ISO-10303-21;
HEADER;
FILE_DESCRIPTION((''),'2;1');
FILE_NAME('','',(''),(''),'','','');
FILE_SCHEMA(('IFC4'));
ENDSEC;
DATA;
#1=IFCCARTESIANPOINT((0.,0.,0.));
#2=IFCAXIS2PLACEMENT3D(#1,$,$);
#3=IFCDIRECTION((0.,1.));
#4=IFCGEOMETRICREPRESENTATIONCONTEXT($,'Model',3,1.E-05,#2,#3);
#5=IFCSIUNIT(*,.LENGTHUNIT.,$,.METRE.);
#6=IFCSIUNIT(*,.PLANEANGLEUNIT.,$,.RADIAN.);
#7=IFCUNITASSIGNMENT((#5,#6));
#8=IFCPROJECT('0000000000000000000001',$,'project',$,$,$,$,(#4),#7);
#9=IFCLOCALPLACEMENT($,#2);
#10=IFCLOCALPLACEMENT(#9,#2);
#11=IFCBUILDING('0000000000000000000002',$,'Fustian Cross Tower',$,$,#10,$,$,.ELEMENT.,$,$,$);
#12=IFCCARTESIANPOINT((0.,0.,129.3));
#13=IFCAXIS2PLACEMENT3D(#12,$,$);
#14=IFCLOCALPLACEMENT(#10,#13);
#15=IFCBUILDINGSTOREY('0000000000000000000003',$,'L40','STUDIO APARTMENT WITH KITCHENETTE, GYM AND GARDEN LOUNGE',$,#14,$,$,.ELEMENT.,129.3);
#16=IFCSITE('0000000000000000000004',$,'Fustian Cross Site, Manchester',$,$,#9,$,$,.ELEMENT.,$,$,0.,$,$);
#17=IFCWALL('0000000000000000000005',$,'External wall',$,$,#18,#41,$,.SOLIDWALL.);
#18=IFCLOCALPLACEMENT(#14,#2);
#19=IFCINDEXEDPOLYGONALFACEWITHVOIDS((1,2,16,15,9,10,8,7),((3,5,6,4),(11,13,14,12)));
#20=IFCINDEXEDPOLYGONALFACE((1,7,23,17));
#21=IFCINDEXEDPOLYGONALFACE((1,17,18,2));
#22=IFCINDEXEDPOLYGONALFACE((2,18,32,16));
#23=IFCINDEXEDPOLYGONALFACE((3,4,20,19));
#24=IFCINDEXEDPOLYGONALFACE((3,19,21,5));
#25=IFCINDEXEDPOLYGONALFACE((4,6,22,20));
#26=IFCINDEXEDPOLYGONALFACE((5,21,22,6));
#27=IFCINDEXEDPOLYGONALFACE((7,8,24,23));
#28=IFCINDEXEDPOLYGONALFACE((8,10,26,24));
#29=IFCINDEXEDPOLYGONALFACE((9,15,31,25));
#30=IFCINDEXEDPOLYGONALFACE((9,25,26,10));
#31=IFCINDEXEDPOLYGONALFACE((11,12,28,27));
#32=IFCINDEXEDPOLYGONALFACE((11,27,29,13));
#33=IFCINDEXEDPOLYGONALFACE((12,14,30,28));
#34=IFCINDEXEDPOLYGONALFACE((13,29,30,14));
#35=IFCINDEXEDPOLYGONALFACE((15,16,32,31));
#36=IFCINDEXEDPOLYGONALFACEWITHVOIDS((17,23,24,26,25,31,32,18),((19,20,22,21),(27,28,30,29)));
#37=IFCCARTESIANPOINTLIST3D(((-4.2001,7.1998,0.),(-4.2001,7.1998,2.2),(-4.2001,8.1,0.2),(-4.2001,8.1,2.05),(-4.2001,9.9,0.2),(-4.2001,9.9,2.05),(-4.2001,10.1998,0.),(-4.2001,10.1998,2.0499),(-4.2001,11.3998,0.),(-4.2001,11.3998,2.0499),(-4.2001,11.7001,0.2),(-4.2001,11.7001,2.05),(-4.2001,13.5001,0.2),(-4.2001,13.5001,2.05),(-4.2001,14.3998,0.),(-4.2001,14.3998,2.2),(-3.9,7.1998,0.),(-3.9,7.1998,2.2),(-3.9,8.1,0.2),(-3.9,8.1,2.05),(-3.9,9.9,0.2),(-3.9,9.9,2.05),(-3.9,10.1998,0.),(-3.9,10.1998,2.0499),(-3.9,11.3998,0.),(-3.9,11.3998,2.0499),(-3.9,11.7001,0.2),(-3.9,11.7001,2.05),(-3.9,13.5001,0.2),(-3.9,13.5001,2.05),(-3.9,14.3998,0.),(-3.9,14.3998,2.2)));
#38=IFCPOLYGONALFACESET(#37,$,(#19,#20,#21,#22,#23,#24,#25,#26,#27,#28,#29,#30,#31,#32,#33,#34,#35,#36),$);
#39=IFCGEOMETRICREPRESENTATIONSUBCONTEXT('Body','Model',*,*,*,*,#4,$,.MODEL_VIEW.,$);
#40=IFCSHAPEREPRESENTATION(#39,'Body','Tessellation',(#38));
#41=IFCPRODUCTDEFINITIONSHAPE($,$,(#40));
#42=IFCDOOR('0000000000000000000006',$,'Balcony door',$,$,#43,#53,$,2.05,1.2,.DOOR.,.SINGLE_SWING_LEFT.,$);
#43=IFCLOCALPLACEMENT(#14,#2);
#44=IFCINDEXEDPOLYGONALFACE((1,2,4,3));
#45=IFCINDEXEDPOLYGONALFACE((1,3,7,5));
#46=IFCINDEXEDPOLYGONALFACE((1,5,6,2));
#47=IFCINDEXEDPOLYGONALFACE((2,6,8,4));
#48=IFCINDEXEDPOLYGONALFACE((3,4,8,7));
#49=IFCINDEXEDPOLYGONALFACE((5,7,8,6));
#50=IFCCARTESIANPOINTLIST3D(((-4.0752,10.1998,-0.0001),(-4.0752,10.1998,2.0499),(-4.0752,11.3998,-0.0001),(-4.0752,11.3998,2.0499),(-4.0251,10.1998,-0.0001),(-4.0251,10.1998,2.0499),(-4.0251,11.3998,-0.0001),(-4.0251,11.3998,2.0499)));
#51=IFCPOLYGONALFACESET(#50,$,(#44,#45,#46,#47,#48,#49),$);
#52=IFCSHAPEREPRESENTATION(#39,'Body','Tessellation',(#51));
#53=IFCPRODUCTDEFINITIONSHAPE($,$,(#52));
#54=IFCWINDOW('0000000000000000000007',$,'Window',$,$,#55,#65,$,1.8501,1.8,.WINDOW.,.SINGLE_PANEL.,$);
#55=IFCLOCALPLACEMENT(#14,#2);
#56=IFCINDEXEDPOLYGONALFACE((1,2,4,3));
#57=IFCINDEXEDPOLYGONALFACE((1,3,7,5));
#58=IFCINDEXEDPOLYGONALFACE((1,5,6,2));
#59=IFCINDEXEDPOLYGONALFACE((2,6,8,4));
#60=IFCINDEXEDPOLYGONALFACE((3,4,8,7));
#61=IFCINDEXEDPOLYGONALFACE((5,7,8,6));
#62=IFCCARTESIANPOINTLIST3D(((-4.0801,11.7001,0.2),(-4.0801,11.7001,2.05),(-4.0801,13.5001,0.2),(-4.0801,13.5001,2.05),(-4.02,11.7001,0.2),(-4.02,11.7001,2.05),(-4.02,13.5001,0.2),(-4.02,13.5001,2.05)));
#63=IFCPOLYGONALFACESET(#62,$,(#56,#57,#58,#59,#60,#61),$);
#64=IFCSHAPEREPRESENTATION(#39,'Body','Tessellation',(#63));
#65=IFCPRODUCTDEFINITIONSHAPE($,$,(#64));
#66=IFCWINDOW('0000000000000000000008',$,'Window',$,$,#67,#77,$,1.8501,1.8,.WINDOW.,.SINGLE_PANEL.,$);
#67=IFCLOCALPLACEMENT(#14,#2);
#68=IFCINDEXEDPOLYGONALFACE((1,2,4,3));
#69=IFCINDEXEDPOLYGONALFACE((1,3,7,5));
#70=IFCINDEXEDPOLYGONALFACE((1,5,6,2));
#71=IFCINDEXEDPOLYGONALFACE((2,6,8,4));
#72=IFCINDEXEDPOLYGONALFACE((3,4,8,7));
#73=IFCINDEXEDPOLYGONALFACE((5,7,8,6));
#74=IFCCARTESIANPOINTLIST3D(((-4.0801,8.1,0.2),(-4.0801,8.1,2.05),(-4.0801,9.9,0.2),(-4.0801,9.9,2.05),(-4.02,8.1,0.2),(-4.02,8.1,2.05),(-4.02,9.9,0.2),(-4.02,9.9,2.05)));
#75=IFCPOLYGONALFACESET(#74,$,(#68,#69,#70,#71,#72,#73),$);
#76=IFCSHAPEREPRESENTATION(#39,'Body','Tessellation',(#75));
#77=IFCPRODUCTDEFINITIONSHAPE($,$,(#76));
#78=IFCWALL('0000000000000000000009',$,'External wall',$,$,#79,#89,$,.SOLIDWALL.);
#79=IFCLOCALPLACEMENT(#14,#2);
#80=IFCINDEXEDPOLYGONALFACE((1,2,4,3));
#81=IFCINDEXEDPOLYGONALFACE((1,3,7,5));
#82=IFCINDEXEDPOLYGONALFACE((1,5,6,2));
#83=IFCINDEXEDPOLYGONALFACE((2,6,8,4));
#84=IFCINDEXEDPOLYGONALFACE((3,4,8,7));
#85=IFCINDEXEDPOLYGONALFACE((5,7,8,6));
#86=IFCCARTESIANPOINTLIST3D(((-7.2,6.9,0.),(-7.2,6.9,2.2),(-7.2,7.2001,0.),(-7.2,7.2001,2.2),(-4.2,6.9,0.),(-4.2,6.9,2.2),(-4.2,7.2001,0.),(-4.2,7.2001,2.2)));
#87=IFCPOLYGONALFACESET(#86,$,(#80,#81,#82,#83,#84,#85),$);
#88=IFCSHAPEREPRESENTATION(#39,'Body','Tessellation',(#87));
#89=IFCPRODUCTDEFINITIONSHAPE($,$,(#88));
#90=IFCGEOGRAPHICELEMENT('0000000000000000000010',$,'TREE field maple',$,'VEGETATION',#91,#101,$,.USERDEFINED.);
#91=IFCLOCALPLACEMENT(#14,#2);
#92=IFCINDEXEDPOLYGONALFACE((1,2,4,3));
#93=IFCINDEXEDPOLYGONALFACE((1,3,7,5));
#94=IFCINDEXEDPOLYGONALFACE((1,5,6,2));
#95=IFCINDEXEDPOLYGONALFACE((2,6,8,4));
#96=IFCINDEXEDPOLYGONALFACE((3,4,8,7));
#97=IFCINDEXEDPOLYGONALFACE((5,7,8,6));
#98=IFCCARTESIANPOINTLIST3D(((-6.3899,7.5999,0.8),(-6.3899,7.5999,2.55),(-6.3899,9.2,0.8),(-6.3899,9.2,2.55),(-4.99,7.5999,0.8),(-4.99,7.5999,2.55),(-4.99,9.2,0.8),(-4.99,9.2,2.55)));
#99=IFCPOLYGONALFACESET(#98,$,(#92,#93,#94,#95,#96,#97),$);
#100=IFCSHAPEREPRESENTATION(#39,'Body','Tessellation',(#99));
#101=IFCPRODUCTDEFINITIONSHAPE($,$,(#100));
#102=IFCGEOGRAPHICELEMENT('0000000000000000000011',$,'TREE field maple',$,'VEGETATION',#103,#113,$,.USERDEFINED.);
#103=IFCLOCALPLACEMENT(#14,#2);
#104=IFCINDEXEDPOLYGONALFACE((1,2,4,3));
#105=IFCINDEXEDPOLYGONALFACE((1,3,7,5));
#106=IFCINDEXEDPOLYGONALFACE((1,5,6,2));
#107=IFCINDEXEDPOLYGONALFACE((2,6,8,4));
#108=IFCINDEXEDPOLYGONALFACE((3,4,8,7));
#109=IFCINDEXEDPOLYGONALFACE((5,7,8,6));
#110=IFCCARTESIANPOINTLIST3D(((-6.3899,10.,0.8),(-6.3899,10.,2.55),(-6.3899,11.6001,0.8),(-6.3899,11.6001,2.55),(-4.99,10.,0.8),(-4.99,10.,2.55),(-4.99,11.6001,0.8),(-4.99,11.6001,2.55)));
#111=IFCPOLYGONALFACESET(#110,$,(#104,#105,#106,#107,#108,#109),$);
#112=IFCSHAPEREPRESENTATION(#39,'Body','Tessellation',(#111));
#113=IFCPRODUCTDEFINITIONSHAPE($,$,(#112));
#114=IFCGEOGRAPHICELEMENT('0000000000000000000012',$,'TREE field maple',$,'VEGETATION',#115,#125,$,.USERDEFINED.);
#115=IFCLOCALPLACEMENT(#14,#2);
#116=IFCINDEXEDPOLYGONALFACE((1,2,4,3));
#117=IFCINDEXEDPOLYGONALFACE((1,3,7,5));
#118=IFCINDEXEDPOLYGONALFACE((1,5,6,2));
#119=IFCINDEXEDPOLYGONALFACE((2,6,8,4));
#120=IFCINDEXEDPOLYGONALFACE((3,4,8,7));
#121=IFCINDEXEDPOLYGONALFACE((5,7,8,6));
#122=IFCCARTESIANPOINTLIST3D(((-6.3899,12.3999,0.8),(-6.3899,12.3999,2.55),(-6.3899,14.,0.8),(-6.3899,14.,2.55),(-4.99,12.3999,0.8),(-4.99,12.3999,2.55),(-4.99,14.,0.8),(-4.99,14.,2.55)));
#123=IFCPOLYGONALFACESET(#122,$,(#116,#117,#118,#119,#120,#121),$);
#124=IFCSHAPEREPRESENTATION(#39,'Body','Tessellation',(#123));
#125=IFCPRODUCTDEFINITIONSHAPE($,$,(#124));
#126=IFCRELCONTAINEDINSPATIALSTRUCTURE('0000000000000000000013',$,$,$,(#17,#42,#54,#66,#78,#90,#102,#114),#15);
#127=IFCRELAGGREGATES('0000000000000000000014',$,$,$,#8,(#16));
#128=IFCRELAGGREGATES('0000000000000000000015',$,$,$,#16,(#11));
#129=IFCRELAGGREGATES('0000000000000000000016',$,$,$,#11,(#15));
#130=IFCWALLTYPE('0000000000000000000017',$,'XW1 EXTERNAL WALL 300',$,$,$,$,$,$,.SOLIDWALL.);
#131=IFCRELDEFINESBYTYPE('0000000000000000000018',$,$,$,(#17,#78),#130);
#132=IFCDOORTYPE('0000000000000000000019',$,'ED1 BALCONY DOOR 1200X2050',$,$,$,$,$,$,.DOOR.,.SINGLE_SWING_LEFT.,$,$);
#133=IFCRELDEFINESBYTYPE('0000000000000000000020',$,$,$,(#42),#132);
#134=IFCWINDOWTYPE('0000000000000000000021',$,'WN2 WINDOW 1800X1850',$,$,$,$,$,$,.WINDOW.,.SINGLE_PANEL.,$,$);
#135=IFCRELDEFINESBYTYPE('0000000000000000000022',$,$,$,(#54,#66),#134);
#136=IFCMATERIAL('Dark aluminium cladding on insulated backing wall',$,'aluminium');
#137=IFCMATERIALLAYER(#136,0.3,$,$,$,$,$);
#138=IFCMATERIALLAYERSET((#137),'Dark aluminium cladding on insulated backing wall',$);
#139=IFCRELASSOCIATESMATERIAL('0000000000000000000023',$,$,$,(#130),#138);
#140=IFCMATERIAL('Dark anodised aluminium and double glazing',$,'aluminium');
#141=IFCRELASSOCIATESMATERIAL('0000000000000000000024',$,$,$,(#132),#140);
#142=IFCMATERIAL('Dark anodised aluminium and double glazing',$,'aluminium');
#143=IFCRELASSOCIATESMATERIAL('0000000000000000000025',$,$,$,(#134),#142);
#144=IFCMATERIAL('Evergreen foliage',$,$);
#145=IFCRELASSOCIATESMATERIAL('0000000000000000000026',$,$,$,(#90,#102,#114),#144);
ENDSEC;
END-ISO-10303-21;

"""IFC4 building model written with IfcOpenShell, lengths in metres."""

from ifc_helpers import new_model, si_unit, direction, frame, frame_2d, origin, origin_2d, place, context, subcontext, project, spatial, rectangle, extrude, material, layer, layer_set, type_object, element, fill, save


model = new_model("IFC4")

# Units and contexts
model_context = context("Model", 3, precision=1e-05, world=origin(), true_north=direction((0.0, 1.0)))
body_context = subcontext(model_context, "Body", "Model", "MODEL_VIEW")
ifc_project = project(units=[si_unit("LENGTHUNIT", "METRE"), si_unit("PLANEANGLEUNIT", "RADIAN")], contexts=[model_context])

# Site, building, storey
site_placement = place(None, origin())
site = spatial("IfcSite", under=ifc_project, at=site_placement, Name="Fustian Cross Site, Manchester", CompositionType="ELEMENT", RefElevation=0.0)
building_placement = place(site_placement, origin())
building = spatial("IfcBuilding", under=site, at=building_placement, Name="Fustian Cross Tower", CompositionType="ELEMENT")
storey_placement = place(building_placement, frame((0.0, 0.0, 129.3)))
storey = spatial("IfcBuildingStorey", under=building, at=storey_placement, Name="L40", Description="STUDIO APARTMENT WITH KITCHENETTE, GYM AND GARDEN LOUNGE", CompositionType="ELEMENT", Elevation=129.3)

# Wall, openings, door, windows
ifc_material_1 = material(Name="Dark aluminium cladding on insulated backing wall", Category="aluminium")
ifc_layer_1 = layer(ifc_material_1, 0.3)
ifc_layer_set_1 = layer_set([ifc_layer_1], Name="Dark aluminium cladding on insulated backing wall")
wall_type_1 = type_object("IfcWallType", Name="XW1 EXTERNAL WALL 300", PredefinedType="SOLIDWALL", material=ifc_layer_set_1)
wall_1_placement = place(storey_placement, frame((-4.05, 14.3999, 0.0), z_axis=(0.0, 0.0, 1.0), x_axis=(0.0, -1.0, 0.0)))
wall_1 = element("IfcWall", 1, at=wall_1_placement, inside=storey, type_object=wall_type_1, Name="External wall", PredefinedType="SOLIDWALL", context=body_context, shape_type="SweptSolid", body=[
    extrude(rectangle(XDim=7.2, YDim=0.3, at=frame_2d((3.6001, 0.0))), origin(), (0.0, 0.0, 1.0), 2.2),
])
opening_1_placement = place(wall_1_placement, frame((3.0, 0.0, 0.0)))
opening_1 = element("IfcOpeningElement", 2, at=opening_1_placement, cuts=wall_1, PredefinedType="OPENING", context=body_context, shape_type="SweptSolid", body=[
    extrude(rectangle(XDim=1.2, YDim=2.05, at=frame_2d((0.6001, 1.0249))), frame((0.0, 0.1599, 0.0), z_axis=(0.0, -1.0, 0.0), x_axis=(1.0, 0.0, 0.0)), (0.0, 0.0, 1.0), 0.3201),
])
opening_2_placement = place(wall_1_placement, frame((0.8999, 0.0, 0.2)))
opening_2 = element("IfcOpeningElement", 3, at=opening_2_placement, cuts=wall_1, PredefinedType="OPENING", context=body_context, shape_type="SweptSolid", body=[
    extrude(rectangle(XDim=1.8, YDim=1.8501, at=frame_2d((0.8999, 0.925))), frame((0.0, 0.1599, 0.0), z_axis=(0.0, -1.0, 0.0), x_axis=(1.0, 0.0, 0.0)), (0.0, 0.0, 1.0), 0.3201),
])
opening_3_placement = place(wall_1_placement, frame((4.5, 0.0, 0.2)))
opening_3 = element("IfcOpeningElement", 4, at=opening_3_placement, cuts=wall_1, PredefinedType="OPENING", context=body_context, shape_type="SweptSolid", body=[
    extrude(rectangle(XDim=1.8, YDim=1.8501, at=frame_2d((0.8999, 0.925))), frame((0.0, 0.1599, 0.0), z_axis=(0.0, -1.0, 0.0), x_axis=(1.0, 0.0, 0.0)), (0.0, 0.0, 1.0), 0.3201),
])
ifc_material_2 = material(Name="Dark anodised aluminium and double glazing", Category="aluminium")
door_type_1 = type_object("IfcDoorType", Name="ED1 BALCONY DOOR 1200X2050", OperationType="SINGLE_SWING_LEFT", PredefinedType="DOOR", material=ifc_material_2)
door_1_placement = place(opening_1_placement, origin())
door_1 = element("IfcDoor", 5, at=door_1_placement, inside=storey, type_object=door_type_1, Name="Balcony door", OperationType="SINGLE_SWING_LEFT", OverallHeight=2.05, OverallWidth=1.2, PredefinedType="DOOR", context=body_context, shape_type="SweptSolid", body=[
    extrude(rectangle(XDim=1.2, YDim=2.05, at=frame_2d((0.6001, 1.0249))), frame((0.0, 0.0249, 0.0), z_axis=(0.0, -1.0, 0.0), x_axis=(1.0, 0.0, 0.0)), (0.0, 0.0, 1.0), 0.05),
])
fill(opening_1, door_1)
ifc_material_3 = material(Name="Dark anodised aluminium and double glazing", Category="aluminium")
window_type = type_object("IfcWindowType", Name="WN2 WINDOW 1800X1850", PartitioningType="SINGLE_PANEL", PredefinedType="WINDOW", material=ifc_material_3)
window_1_placement = place(opening_2_placement, origin())
window_1 = element("IfcWindow", 6, at=window_1_placement, inside=storey, type_object=window_type, Name="Window", OverallHeight=1.8501, OverallWidth=1.8, PartitioningType="SINGLE_PANEL", PredefinedType="WINDOW", context=body_context, shape_type="SweptSolid", body=[
    extrude(rectangle(XDim=1.8, YDim=1.8501, at=frame_2d((0.8999, 0.925))), frame((0.0, 0.03, 0.0), z_axis=(0.0, -1.0, 0.0), x_axis=(1.0, 0.0, 0.0)), (0.0, 0.0, 1.0), 0.0601),
])
fill(opening_2, window_1)
window_2_placement = place(opening_3_placement, origin())
window_2 = element("IfcWindow", 7, at=window_2_placement, inside=storey, type_object=window_type, Name="Window", OverallHeight=1.8501, OverallWidth=1.8, PartitioningType="SINGLE_PANEL", PredefinedType="WINDOW", context=body_context, shape_type="SweptSolid", body=[
    extrude(rectangle(XDim=1.8, YDim=1.8501, at=frame_2d((0.8999, 0.925))), frame((0.0, 0.03, 0.0), z_axis=(0.0, -1.0, 0.0), x_axis=(1.0, 0.0, 0.0)), (0.0, 0.0, 1.0), 0.0601),
])
fill(opening_3, window_2)

# Wall
wall_2_placement = place(storey_placement, frame((-4.2, 7.05, 0.0), z_axis=(0.0, 0.0, 1.0), x_axis=(-1.0, 0.0, 0.0)))
element("IfcWall", 8, at=wall_2_placement, inside=storey, type_object=wall_type_1, Name="External wall", PredefinedType="SOLIDWALL", context=body_context, shape_type="SweptSolid", body=[
    extrude(rectangle(XDim=3.0, YDim=0.3, at=frame_2d((1.5, 0.0))), origin(), (0.0, 0.0, 1.0), 2.2),
])

# Geographic elements
ifc_material_4 = material(Name="Evergreen foliage")
for number, where, z_axis, x_axis, name in (
    (9, (-5.6899, 8.3999, 0.8), (0.0, 0.0, 1.0), (1.0, 0.0, 0.0), "TREE field maple"),
    (10, (-5.6899, 10.8, 0.8), (0.0, 0.0, 1.0), (1.0, 0.0, 0.0), "TREE field maple"),
    (11, (-5.6899, 13.2, 0.8), (0.0, 0.0, 1.0), (1.0, 0.0, 0.0), "TREE field maple"),
):
    element("IfcGeographicElement", number, at=place(storey_placement, frame(where, z_axis=z_axis, x_axis=x_axis)), inside=storey, material=ifc_material_4, Name=name, ObjectType="VEGETATION", PredefinedType="USERDEFINED", context=body_context, shape_type="SweptSolid", body=[
        extrude(rectangle(XDim=1.3999, YDim=1.6001, at=origin_2d()), origin(), (0.0, 0.0, 1.0), 1.75),
    ])

save(model, "model.ifc")
